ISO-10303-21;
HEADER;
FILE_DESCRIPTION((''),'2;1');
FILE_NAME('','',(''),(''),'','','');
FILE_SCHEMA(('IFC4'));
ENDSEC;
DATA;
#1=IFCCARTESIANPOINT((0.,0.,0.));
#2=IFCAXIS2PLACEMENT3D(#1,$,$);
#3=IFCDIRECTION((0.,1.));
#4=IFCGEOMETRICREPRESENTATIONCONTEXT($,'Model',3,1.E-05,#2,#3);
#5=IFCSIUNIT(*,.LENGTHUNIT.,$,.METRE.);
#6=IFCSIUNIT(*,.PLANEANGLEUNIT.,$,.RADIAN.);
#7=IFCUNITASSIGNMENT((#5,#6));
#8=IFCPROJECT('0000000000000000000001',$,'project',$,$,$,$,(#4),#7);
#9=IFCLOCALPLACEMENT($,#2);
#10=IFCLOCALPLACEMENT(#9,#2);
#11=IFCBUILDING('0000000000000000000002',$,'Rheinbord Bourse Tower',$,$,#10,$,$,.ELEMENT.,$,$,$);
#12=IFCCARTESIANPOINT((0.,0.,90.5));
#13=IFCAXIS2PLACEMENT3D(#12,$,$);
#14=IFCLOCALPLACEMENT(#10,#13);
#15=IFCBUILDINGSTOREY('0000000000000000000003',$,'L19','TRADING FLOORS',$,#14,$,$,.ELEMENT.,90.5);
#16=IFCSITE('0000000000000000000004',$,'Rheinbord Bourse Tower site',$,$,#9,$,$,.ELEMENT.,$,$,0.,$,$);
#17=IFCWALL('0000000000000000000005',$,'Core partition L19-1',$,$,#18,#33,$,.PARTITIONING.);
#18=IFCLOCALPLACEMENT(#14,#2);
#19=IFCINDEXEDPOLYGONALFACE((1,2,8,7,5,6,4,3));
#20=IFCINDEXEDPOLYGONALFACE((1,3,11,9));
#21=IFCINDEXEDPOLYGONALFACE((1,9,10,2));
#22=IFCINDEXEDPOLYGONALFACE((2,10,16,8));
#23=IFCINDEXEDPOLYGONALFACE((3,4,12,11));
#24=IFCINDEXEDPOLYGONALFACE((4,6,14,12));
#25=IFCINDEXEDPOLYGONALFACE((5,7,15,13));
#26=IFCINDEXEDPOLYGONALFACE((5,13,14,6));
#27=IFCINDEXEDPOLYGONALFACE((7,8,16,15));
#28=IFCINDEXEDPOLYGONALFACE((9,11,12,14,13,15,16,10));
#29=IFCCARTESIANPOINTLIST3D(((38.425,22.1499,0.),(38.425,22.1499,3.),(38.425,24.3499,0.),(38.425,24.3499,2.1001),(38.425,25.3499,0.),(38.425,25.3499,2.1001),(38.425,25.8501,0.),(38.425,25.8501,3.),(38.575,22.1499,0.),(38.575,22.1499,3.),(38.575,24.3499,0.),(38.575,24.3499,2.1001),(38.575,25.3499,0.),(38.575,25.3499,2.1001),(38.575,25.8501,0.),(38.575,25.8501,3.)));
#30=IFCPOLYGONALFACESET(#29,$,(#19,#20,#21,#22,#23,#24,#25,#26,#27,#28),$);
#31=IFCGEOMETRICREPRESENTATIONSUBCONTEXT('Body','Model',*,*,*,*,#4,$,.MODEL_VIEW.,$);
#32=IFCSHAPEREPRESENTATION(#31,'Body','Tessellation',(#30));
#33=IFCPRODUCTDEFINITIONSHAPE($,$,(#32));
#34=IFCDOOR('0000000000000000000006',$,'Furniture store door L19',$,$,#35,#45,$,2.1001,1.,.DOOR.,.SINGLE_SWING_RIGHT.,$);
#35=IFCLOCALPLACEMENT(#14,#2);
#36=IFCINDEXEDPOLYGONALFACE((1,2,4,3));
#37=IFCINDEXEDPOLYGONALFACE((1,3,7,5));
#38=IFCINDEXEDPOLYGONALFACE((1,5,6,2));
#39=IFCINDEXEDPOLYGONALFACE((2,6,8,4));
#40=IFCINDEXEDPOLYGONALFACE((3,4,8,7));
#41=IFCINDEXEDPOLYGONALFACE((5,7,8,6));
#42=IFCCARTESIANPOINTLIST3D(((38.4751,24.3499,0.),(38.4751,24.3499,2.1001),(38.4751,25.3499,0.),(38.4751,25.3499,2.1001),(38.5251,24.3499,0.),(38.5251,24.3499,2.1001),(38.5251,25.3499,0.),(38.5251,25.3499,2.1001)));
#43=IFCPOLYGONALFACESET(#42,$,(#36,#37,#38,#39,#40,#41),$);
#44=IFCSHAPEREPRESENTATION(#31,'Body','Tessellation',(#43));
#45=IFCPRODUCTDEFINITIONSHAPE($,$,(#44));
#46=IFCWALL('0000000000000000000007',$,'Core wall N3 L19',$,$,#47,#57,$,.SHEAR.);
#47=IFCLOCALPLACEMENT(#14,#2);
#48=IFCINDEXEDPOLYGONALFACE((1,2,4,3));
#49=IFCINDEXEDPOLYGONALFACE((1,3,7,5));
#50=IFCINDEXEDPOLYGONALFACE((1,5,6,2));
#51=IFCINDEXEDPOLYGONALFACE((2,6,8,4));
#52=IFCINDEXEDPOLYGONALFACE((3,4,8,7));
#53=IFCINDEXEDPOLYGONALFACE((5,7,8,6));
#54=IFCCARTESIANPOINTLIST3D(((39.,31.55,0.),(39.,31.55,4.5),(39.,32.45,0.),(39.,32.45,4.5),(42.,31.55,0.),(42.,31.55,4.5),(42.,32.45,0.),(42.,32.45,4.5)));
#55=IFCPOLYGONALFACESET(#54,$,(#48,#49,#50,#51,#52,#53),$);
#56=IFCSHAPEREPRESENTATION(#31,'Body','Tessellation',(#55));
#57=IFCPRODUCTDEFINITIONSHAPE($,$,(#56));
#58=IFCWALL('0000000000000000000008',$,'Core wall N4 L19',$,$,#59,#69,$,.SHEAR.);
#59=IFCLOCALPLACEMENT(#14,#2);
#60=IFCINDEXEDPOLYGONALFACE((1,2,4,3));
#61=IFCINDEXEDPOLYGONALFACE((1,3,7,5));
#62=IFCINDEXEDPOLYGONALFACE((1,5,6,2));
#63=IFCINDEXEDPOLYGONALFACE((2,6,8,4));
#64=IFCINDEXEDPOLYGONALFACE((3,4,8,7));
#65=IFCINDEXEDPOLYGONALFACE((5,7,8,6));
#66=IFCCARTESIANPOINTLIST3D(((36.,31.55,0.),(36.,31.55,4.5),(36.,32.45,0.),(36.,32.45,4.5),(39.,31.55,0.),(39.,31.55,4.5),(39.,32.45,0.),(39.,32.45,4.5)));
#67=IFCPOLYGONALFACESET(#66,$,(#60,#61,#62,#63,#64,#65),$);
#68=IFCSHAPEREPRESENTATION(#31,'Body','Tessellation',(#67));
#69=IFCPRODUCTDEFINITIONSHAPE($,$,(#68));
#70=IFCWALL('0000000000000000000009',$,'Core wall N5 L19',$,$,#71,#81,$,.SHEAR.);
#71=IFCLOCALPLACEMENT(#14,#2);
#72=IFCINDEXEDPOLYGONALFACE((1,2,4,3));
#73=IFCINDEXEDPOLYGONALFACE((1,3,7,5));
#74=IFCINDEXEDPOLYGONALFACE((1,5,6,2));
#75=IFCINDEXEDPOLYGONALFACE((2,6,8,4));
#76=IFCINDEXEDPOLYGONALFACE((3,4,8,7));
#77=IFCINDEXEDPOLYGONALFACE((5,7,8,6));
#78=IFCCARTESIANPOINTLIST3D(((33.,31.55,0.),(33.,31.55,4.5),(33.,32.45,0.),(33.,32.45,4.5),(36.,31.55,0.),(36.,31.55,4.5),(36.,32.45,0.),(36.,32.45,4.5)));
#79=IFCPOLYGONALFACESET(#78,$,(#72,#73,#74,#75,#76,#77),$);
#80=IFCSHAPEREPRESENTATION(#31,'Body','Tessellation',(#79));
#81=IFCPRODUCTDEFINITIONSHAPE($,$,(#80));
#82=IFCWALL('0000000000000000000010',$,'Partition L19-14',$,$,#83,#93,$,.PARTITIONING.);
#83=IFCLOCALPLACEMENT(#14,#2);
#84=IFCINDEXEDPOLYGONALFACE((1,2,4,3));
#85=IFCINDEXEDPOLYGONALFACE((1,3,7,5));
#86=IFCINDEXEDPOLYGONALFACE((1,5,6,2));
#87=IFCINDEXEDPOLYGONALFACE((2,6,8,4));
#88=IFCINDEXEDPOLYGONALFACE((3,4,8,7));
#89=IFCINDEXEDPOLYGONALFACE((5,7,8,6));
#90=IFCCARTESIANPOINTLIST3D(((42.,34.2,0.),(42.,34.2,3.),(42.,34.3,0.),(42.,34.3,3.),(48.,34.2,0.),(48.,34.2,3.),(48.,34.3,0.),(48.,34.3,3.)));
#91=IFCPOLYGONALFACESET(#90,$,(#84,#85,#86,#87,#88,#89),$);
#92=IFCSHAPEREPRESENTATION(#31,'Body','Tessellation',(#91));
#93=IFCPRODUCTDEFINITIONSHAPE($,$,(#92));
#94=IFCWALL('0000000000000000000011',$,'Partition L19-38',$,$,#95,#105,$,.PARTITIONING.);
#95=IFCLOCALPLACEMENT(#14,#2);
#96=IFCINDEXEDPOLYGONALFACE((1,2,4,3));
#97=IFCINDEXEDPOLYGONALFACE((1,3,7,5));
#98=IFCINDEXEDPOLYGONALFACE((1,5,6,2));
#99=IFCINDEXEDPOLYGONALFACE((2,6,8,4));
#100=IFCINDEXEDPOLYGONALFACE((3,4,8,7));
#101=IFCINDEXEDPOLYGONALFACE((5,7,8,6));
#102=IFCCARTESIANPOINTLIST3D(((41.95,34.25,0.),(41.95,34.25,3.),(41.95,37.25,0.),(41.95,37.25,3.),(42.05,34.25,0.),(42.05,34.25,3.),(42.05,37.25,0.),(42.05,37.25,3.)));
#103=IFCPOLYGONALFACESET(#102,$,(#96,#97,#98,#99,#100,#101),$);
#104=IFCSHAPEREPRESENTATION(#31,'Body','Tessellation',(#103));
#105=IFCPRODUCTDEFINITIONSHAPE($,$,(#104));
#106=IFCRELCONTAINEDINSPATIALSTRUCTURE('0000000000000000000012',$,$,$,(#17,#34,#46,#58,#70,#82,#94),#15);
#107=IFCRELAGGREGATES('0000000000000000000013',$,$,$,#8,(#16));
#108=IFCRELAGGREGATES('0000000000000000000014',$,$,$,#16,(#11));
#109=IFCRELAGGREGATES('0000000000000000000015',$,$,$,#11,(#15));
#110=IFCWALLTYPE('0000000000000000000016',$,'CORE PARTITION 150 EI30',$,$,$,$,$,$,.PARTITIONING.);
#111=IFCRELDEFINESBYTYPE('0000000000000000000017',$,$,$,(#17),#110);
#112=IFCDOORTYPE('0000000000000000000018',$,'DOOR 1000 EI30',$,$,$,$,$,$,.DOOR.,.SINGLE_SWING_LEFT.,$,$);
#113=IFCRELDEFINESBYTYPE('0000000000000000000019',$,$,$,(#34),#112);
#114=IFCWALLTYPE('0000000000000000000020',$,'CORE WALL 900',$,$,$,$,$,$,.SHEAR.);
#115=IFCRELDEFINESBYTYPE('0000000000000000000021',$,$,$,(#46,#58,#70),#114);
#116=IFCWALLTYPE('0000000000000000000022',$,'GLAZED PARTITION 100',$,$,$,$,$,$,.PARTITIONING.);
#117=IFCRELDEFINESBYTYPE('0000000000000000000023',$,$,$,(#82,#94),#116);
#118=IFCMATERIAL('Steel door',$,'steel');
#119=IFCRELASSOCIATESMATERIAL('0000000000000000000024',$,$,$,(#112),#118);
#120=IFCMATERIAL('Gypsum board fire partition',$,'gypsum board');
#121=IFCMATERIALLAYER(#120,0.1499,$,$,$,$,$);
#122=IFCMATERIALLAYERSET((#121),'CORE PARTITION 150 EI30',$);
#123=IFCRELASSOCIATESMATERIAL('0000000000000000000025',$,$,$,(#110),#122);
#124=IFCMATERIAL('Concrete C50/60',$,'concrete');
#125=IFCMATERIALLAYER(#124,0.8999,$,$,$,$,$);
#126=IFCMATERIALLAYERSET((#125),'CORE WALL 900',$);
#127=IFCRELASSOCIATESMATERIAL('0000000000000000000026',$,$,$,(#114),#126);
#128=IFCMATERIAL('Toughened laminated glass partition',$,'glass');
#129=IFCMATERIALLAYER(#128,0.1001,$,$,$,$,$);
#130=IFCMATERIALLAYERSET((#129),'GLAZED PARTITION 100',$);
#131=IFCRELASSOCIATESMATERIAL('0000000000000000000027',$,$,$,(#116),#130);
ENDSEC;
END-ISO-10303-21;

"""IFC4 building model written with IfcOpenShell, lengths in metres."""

from ifc_helpers import new_model, si_unit, direction, frame, frame_2d, origin, place, context, subcontext, project, spatial, rectangle, extrude, material, layer, layer_set, type_object, element, fill, save


model = new_model("IFC4")

# Units and contexts
model_context = context("Model", 3, precision=1e-05, world=origin(), true_north=direction((0.0, 1.0)))
body_context = subcontext(model_context, "Body", "Model", "MODEL_VIEW")
ifc_project = project(units=[si_unit("LENGTHUNIT", "METRE"), si_unit("PLANEANGLEUNIT", "RADIAN")], contexts=[model_context])

# Site, building, storey
site_placement = place(None, origin())
site = spatial("IfcSite", under=ifc_project, at=site_placement, Name="Rheinbord Bourse Tower site", CompositionType="ELEMENT", RefElevation=0.0)
building_placement = place(site_placement, origin())
building = spatial("IfcBuilding", under=site, at=building_placement, Name="Rheinbord Bourse Tower", CompositionType="ELEMENT")
storey_placement = place(building_placement, frame((0.0, 0.0, 90.5)))
storey = spatial("IfcBuildingStorey", under=building, at=storey_placement, Name="L19", Description="TRADING FLOORS", CompositionType="ELEMENT", Elevation=90.5)

# Shared definitions
ifc_material_1 = material(Name="Steel door", Category="steel")
door_type_1 = type_object("IfcDoorType", Name="DOOR 1000 EI30", OperationType="SINGLE_SWING_LEFT", PredefinedType="DOOR", material=ifc_material_1)

# Wall, opening, door
ifc_material_2 = material(Name="Gypsum board fire partition", Category="gypsum board")
ifc_layer_1 = layer(ifc_material_2, 0.1499)
ifc_layer_set_1 = layer_set([ifc_layer_1], Name="CORE PARTITION 150 EI30")
wall_type_1 = type_object("IfcWallType", Name="CORE PARTITION 150 EI30", PredefinedType="PARTITIONING", material=ifc_layer_set_1)
wall_1_placement = place(storey_placement, frame((38.5, 22.1499, 0.0), z_axis=(0.0, 0.0, 1.0), x_axis=(0.0, 1.0, 0.0)))
wall_1 = element("IfcWall", 1, at=wall_1_placement, inside=storey, type_object=wall_type_1, Name="Core partition L19-1", PredefinedType="PARTITIONING", context=body_context, shape_type="SweptSolid", body=[
    extrude(rectangle(XDim=3.7002, YDim=0.1499, at=frame_2d((1.8501, 0.0))), origin(), (0.0, 0.0, 1.0), 3.0),
])
opening_1_placement = place(wall_1_placement, frame((2.2, 0.0, 0.0)))
opening_1 = element("IfcOpeningElement", 2, at=opening_1_placement, cuts=wall_1, PredefinedType="OPENING", context=body_context, shape_type="SweptSolid", body=[
    extrude(rectangle(XDim=1.0, YDim=2.1001, at=frame_2d((0.5, 1.05))), frame((0.0, 0.085, 0.0), z_axis=(0.0, -1.0, 0.0), x_axis=(1.0, 0.0, 0.0)), (0.0, 0.0, 1.0), 0.1699),
])
door_1_placement = place(opening_1_placement, origin())
door_1 = element("IfcDoor", 3, at=door_1_placement, inside=storey, type_object=door_type_1, Name="Furniture store door L19", OperationType="SINGLE_SWING_RIGHT", OverallHeight=2.1001, OverallWidth=1.0, PredefinedType="DOOR", context=body_context, shape_type="SweptSolid", body=[
    extrude(rectangle(XDim=1.0, YDim=2.1001, at=frame_2d((0.5, 1.05))), frame((0.0, 0.0249, 0.0), z_axis=(0.0, -1.0, 0.0), x_axis=(1.0, 0.0, 0.0)), (0.0, 0.0, 1.0), 0.05),
])
fill(opening_1, door_1)

# Walls
ifc_material_3 = material(Name="Concrete C50/60", Category="concrete")
ifc_layer_2 = layer(ifc_material_3, 0.8999)
ifc_layer_set_2 = layer_set([ifc_layer_2], Name="CORE WALL 900")
wall_type_2 = type_object("IfcWallType", Name="CORE WALL 900", PredefinedType="SHEAR", material=ifc_layer_set_2)
for number, where, z_axis, x_axis, name in (
    (4, (42.0, 32.0, 0.0), (0.0, 0.0, 1.0), (-1.0, 0.0, 0.0), "Core wall N3 L19"),
    (5, (39.0, 32.0, 0.0), (0.0, 0.0, 1.0), (-1.0, 0.0, 0.0), "Core wall N4 L19"),
    (6, (36.0, 32.0, 0.0), (0.0, 0.0, 1.0), (-1.0, 0.0, 0.0), "Core wall N5 L19"),
):
    element("IfcWall", number, at=place(storey_placement, frame(where, z_axis=z_axis, x_axis=x_axis)), inside=storey, type_object=wall_type_2, Name=name, PredefinedType="SHEAR", context=body_context, shape_type="SweptSolid", body=[
        extrude(rectangle(XDim=3.0, YDim=0.8999, at=frame_2d((1.5, 0.0))), origin(), (0.0, 0.0, 1.0), 4.5),
    ])
ifc_material_4 = material(Name="Toughened laminated glass partition", Category="glass")
ifc_layer_3 = layer(ifc_material_4, 0.1001)
ifc_layer_set_3 = layer_set([ifc_layer_3], Name="GLAZED PARTITION 100")
wall_type_3 = type_object("IfcWallType", Name="GLAZED PARTITION 100", PredefinedType="PARTITIONING", material=ifc_layer_set_3)
wall_2_placement = place(storey_placement, frame((42.0, 34.25, 0.0), z_axis=(0.0, 0.0, 1.0), x_axis=(1.0, 0.0, 0.0)))
element("IfcWall", 7, at=wall_2_placement, inside=storey, type_object=wall_type_3, Name="Partition L19-14", PredefinedType="PARTITIONING", context=body_context, shape_type="SweptSolid", body=[
    extrude(rectangle(XDim=6.0, YDim=0.1001, at=frame_2d((3.0, 0.0))), origin(), (0.0, 0.0, 1.0), 3.0),
])
wall_3_placement = place(storey_placement, frame((42.0, 34.25, 0.0), z_axis=(0.0, 0.0, 1.0), x_axis=(0.0, 1.0, 0.0)))
element("IfcWall", 8, at=wall_3_placement, inside=storey, type_object=wall_type_3, Name="Partition L19-38", PredefinedType="PARTITIONING", context=body_context, shape_type="SweptSolid", body=[
    extrude(rectangle(XDim=3.0, YDim=0.1001, at=frame_2d((1.5, 0.0))), origin(), (0.0, 0.0, 1.0), 3.0),
])

save(model, "model.ifc")
